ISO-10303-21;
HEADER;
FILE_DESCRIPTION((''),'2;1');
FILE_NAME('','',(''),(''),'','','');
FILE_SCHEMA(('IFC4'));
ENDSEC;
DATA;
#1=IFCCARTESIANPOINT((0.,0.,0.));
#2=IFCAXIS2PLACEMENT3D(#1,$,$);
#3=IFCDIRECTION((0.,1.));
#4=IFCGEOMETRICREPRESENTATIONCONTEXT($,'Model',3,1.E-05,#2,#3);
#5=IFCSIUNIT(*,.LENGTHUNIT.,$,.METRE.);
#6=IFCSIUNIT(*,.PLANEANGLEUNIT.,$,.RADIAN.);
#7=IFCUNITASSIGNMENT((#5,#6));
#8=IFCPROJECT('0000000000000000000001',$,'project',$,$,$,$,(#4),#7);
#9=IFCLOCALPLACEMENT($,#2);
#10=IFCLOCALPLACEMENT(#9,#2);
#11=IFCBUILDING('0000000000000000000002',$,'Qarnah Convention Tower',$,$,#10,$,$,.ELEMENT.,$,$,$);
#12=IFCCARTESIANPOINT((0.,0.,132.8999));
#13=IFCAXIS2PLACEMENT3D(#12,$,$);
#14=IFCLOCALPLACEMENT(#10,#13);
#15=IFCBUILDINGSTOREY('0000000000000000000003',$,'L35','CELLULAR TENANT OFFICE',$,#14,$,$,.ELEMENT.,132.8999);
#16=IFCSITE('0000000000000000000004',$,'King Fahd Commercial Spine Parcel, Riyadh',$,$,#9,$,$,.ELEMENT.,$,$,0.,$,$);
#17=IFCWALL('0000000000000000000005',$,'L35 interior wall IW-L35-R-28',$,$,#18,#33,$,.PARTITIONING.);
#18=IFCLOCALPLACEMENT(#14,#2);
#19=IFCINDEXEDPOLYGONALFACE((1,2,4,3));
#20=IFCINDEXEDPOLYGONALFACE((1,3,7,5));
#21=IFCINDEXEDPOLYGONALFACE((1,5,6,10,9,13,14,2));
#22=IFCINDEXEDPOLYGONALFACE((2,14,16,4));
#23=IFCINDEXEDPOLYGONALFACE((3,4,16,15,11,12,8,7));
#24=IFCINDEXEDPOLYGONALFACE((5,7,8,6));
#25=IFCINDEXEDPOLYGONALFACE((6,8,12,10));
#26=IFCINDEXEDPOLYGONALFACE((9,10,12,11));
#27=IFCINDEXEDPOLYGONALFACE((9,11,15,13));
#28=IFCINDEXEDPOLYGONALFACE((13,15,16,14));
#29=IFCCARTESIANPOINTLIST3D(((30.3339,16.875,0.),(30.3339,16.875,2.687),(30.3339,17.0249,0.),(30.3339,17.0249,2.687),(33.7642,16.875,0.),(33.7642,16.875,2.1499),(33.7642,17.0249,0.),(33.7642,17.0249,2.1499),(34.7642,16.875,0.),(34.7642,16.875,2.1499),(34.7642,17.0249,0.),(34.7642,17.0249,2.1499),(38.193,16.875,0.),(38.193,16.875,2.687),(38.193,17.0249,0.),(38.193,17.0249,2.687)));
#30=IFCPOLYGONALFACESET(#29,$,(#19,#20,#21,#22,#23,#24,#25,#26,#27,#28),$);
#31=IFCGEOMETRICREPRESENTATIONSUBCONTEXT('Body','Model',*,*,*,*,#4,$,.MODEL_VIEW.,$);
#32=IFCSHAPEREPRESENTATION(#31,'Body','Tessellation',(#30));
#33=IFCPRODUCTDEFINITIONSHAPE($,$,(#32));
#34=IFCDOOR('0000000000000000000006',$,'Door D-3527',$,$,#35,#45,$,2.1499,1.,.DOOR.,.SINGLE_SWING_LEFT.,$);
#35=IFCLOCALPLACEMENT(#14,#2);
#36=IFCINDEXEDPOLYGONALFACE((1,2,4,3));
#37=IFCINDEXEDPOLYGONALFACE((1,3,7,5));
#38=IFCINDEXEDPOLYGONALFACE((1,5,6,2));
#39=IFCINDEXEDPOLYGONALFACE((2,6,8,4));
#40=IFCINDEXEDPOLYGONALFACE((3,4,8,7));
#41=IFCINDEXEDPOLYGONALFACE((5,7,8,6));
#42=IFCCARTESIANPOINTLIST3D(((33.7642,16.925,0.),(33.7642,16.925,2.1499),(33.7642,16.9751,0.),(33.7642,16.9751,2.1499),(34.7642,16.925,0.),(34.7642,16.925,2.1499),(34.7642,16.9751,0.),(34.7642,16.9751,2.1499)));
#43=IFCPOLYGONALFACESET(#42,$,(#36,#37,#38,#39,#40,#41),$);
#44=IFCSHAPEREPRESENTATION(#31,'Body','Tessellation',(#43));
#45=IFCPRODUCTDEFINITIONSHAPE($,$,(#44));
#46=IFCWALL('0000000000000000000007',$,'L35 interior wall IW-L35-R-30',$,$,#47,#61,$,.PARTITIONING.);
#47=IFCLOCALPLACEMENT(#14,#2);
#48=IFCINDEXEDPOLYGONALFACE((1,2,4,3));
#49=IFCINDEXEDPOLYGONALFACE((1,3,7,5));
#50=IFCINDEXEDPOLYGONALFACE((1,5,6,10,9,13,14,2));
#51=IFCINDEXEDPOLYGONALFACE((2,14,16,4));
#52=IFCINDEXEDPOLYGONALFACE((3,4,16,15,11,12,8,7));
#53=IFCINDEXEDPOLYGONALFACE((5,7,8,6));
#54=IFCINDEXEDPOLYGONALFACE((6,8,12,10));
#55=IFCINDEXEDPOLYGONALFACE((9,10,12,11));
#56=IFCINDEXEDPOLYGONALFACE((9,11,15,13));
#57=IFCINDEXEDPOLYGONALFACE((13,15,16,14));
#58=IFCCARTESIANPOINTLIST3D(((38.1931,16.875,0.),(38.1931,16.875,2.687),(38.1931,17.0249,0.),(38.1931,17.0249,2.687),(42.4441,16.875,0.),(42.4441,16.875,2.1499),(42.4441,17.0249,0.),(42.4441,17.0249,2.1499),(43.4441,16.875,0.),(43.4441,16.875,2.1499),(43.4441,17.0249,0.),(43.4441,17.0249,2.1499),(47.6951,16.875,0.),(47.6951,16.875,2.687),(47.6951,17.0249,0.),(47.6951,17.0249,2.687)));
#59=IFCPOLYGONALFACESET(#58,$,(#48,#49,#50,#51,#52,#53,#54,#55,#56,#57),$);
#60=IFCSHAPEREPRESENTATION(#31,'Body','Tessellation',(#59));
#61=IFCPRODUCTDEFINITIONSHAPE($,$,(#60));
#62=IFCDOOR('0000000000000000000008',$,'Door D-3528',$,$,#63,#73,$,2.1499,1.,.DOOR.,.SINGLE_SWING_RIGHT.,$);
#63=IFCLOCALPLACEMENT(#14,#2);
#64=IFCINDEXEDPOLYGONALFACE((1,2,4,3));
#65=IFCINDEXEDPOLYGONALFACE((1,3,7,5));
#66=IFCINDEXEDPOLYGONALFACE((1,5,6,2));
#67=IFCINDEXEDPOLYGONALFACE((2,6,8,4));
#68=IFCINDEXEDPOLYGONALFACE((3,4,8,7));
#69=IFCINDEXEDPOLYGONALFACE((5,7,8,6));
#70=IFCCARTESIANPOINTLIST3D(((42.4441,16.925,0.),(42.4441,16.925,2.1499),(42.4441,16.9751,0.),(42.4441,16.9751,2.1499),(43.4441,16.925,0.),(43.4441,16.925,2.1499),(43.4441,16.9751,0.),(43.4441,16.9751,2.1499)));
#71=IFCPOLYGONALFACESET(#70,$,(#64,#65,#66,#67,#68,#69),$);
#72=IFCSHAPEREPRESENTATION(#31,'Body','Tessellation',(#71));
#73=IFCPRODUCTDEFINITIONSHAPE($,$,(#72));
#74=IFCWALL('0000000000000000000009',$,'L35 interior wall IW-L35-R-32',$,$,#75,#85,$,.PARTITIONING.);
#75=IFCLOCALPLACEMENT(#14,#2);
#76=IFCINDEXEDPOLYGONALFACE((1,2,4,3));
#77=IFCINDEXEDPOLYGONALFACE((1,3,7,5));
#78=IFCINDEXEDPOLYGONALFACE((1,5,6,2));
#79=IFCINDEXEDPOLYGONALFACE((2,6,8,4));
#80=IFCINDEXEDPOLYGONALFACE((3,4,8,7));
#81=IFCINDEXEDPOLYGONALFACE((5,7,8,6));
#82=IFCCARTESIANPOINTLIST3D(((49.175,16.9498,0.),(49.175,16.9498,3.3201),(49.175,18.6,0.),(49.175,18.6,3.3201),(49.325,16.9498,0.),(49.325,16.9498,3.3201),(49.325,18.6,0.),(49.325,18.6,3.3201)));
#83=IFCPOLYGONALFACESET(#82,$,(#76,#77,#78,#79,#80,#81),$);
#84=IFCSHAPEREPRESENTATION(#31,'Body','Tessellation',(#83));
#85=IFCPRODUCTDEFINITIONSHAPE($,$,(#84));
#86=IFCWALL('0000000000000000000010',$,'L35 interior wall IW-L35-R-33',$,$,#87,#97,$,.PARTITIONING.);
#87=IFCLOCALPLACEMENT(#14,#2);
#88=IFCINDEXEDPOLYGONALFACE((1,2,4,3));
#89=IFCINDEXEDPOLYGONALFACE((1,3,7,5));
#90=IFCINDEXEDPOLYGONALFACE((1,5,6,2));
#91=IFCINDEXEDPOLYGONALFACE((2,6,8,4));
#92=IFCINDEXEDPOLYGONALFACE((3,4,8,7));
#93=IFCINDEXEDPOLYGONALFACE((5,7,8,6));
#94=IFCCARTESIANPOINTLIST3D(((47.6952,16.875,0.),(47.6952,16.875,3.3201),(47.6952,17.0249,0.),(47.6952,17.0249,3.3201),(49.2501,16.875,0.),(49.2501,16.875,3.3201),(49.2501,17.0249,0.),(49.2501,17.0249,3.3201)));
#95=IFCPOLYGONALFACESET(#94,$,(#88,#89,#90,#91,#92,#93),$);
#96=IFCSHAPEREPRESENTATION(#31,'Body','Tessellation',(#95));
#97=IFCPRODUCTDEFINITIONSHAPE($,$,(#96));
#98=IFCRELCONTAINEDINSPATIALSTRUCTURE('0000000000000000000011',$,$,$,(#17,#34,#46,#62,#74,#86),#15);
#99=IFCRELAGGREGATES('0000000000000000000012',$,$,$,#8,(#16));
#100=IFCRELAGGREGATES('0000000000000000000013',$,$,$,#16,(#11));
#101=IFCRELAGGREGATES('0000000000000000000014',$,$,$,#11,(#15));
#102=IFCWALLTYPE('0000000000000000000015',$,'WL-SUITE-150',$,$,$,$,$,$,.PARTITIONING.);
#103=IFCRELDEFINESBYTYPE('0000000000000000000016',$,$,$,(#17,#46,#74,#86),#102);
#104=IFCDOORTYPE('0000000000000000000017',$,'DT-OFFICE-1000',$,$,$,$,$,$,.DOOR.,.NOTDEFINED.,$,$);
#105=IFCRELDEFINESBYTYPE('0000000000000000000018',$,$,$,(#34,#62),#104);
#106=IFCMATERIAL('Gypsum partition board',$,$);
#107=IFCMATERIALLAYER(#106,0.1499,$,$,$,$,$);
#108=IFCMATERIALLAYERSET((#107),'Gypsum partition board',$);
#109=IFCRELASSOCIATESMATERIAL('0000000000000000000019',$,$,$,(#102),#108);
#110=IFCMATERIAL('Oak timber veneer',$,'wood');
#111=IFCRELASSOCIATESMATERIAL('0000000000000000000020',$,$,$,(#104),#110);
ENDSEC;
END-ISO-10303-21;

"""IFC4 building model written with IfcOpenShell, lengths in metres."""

from ifc_helpers import new_model, si_unit, direction, frame, frame_2d, origin, place, context, subcontext, project, spatial, rectangle, extrude, material, layer, layer_set, type_object, element, fill, save


model = new_model("IFC4")

# Units and contexts
model_context = context("Model", 3, precision=1e-05, world=origin(), true_north=direction((0.0, 1.0)))
body_context = subcontext(model_context, "Body", "Model", "MODEL_VIEW")
ifc_project = project(units=[si_unit("LENGTHUNIT", "METRE"), si_unit("PLANEANGLEUNIT", "RADIAN")], contexts=[model_context])

# Site, building, storey
site_placement = place(None, origin())
site = spatial("IfcSite", under=ifc_project, at=site_placement, Name="King Fahd Commercial Spine Parcel, Riyadh", CompositionType="ELEMENT", RefElevation=0.0)
building_placement = place(site_placement, origin())
building = spatial("IfcBuilding", under=site, at=building_placement, Name="Qarnah Convention Tower", CompositionType="ELEMENT")
storey_placement = place(building_placement, frame((0.0, 0.0, 132.8999)))
storey = spatial("IfcBuildingStorey", under=building, at=storey_placement, Name="L35", Description="CELLULAR TENANT OFFICE", CompositionType="ELEMENT", Elevation=132.8999)

# Walls, openings, doors
ifc_material_1 = material(Name="Gypsum partition board")
ifc_layer_1 = layer(ifc_material_1, 0.1499)
ifc_layer_set_1 = layer_set([ifc_layer_1], Name="Gypsum partition board")
wall_type_1 = type_object("IfcWallType", Name="WL-SUITE-150", PredefinedType="PARTITIONING", material=ifc_layer_set_1)
wall_1_placement = place(storey_placement, frame((38.1931, 16.95, 0.0), z_axis=(0.0, 0.0, 1.0), x_axis=(-1.0, 0.0, 0.0)))
wall_1 = element("IfcWall", 1, at=wall_1_placement, inside=storey, type_object=wall_type_1, Name="L35 interior wall IW-L35-R-28", PredefinedType="PARTITIONING", context=body_context, shape_type="SweptSolid", body=[
    extrude(rectangle(XDim=7.8591, YDim=0.1499, at=frame_2d((3.9297, 0.0))), origin(), (0.0, 0.0, 1.0), 2.687),
])
opening_1_placement = place(wall_1_placement, frame((3.429, 0.0, 0.0)))
opening_1 = element("IfcOpeningElement", 2, at=opening_1_placement, cuts=wall_1, PredefinedType="OPENING", context=body_context, shape_type="SweptSolid", body=[
    extrude(rectangle(XDim=1.0, YDim=2.1499, at=frame_2d((0.5, 1.075))), frame((0.0, 0.085, 0.0), z_axis=(0.0, -1.0, 0.0), x_axis=(1.0, 0.0, 0.0)), (0.0, 0.0, 1.0), 0.1699),
])
ifc_material_2 = material(Name="Oak timber veneer", Category="wood")
door_type_1 = type_object("IfcDoorType", Name="DT-OFFICE-1000", OperationType="NOTDEFINED", PredefinedType="DOOR", material=ifc_material_2)
door_1_placement = place(opening_1_placement, origin())
door_1 = element("IfcDoor", 3, at=door_1_placement, inside=storey, type_object=door_type_1, Name="Door D-3527", OperationType="SINGLE_SWING_LEFT", OverallHeight=2.1499, OverallWidth=1.0, PredefinedType="DOOR", context=body_context, shape_type="SweptSolid", body=[
    extrude(rectangle(XDim=1.0, YDim=2.1499, at=frame_2d((0.5, 1.075))), frame((0.0, 0.0249, 0.0), z_axis=(0.0, -1.0, 0.0), x_axis=(1.0, 0.0, 0.0)), (0.0, 0.0, 1.0), 0.05),
])
fill(opening_1, door_1)
wall_2_placement = place(storey_placement, frame((47.6951, 16.95, 0.0), z_axis=(0.0, 0.0, 1.0), x_axis=(-1.0, 0.0, 0.0)))
wall_2 = element("IfcWall", 4, at=wall_2_placement, inside=storey, type_object=wall_type_1, Name="L35 interior wall IW-L35-R-30", PredefinedType="PARTITIONING", context=body_context, shape_type="SweptSolid", body=[
    extrude(rectangle(XDim=9.502, YDim=0.1499, at=frame_2d((4.751, 0.0))), origin(), (0.0, 0.0, 1.0), 2.687),
])
opening_2_placement = place(wall_2_placement, frame((4.251, 0.0, 0.0)))
opening_2 = element("IfcOpeningElement", 5, at=opening_2_placement, cuts=wall_2, PredefinedType="OPENING", context=body_context, shape_type="SweptSolid", body=[
    extrude(rectangle(XDim=1.0, YDim=2.1499, at=frame_2d((0.5, 1.075))), frame((0.0, 0.085, 0.0), z_axis=(0.0, -1.0, 0.0), x_axis=(1.0, 0.0, 0.0)), (0.0, 0.0, 1.0), 0.1699),
])
door_2_placement = place(opening_2_placement, origin())
door_2 = element("IfcDoor", 6, at=door_2_placement, inside=storey, type_object=door_type_1, Name="Door D-3528", OperationType="SINGLE_SWING_RIGHT", OverallHeight=2.1499, OverallWidth=1.0, PredefinedType="DOOR", context=body_context, shape_type="SweptSolid", body=[
    extrude(rectangle(XDim=1.0, YDim=2.1499, at=frame_2d((0.5, 1.075))), frame((0.0, 0.0249, 0.0), z_axis=(0.0, -1.0, 0.0), x_axis=(1.0, 0.0, 0.0)), (0.0, 0.0, 1.0), 0.05),
])
fill(opening_2, door_2)

# Walls
wall_3_placement = place(storey_placement, frame((49.25, 18.6001, 0.0), z_axis=(0.0, 0.0, 1.0), x_axis=(0.0, -1.0, 0.0)))
element("IfcWall", 7, at=wall_3_placement, inside=storey, type_object=wall_type_1, Name="L35 interior wall IW-L35-R-32", PredefinedType="PARTITIONING", context=body_context, shape_type="SweptSolid", body=[
    extrude(rectangle(XDim=1.6501, YDim=0.1499, at=frame_2d((0.8252, 0.0))), origin(), (0.0, 0.0, 1.0), 3.3201),
])
wall_4_placement = place(storey_placement, frame((49.25, 16.95, 0.0), z_axis=(0.0, 0.0, 1.0), x_axis=(-1.0, 0.0, 0.0)))
element("IfcWall", 8, at=wall_4_placement, inside=storey, type_object=wall_type_1, Name="L35 interior wall IW-L35-R-33", PredefinedType="PARTITIONING", context=body_context, shape_type="SweptSolid", body=[
    extrude(rectangle(XDim=1.5549, YDim=0.1499, at=frame_2d((0.7773, 0.0))), origin(), (0.0, 0.0, 1.0), 3.3201),
])

save(model, "model.ifc")
